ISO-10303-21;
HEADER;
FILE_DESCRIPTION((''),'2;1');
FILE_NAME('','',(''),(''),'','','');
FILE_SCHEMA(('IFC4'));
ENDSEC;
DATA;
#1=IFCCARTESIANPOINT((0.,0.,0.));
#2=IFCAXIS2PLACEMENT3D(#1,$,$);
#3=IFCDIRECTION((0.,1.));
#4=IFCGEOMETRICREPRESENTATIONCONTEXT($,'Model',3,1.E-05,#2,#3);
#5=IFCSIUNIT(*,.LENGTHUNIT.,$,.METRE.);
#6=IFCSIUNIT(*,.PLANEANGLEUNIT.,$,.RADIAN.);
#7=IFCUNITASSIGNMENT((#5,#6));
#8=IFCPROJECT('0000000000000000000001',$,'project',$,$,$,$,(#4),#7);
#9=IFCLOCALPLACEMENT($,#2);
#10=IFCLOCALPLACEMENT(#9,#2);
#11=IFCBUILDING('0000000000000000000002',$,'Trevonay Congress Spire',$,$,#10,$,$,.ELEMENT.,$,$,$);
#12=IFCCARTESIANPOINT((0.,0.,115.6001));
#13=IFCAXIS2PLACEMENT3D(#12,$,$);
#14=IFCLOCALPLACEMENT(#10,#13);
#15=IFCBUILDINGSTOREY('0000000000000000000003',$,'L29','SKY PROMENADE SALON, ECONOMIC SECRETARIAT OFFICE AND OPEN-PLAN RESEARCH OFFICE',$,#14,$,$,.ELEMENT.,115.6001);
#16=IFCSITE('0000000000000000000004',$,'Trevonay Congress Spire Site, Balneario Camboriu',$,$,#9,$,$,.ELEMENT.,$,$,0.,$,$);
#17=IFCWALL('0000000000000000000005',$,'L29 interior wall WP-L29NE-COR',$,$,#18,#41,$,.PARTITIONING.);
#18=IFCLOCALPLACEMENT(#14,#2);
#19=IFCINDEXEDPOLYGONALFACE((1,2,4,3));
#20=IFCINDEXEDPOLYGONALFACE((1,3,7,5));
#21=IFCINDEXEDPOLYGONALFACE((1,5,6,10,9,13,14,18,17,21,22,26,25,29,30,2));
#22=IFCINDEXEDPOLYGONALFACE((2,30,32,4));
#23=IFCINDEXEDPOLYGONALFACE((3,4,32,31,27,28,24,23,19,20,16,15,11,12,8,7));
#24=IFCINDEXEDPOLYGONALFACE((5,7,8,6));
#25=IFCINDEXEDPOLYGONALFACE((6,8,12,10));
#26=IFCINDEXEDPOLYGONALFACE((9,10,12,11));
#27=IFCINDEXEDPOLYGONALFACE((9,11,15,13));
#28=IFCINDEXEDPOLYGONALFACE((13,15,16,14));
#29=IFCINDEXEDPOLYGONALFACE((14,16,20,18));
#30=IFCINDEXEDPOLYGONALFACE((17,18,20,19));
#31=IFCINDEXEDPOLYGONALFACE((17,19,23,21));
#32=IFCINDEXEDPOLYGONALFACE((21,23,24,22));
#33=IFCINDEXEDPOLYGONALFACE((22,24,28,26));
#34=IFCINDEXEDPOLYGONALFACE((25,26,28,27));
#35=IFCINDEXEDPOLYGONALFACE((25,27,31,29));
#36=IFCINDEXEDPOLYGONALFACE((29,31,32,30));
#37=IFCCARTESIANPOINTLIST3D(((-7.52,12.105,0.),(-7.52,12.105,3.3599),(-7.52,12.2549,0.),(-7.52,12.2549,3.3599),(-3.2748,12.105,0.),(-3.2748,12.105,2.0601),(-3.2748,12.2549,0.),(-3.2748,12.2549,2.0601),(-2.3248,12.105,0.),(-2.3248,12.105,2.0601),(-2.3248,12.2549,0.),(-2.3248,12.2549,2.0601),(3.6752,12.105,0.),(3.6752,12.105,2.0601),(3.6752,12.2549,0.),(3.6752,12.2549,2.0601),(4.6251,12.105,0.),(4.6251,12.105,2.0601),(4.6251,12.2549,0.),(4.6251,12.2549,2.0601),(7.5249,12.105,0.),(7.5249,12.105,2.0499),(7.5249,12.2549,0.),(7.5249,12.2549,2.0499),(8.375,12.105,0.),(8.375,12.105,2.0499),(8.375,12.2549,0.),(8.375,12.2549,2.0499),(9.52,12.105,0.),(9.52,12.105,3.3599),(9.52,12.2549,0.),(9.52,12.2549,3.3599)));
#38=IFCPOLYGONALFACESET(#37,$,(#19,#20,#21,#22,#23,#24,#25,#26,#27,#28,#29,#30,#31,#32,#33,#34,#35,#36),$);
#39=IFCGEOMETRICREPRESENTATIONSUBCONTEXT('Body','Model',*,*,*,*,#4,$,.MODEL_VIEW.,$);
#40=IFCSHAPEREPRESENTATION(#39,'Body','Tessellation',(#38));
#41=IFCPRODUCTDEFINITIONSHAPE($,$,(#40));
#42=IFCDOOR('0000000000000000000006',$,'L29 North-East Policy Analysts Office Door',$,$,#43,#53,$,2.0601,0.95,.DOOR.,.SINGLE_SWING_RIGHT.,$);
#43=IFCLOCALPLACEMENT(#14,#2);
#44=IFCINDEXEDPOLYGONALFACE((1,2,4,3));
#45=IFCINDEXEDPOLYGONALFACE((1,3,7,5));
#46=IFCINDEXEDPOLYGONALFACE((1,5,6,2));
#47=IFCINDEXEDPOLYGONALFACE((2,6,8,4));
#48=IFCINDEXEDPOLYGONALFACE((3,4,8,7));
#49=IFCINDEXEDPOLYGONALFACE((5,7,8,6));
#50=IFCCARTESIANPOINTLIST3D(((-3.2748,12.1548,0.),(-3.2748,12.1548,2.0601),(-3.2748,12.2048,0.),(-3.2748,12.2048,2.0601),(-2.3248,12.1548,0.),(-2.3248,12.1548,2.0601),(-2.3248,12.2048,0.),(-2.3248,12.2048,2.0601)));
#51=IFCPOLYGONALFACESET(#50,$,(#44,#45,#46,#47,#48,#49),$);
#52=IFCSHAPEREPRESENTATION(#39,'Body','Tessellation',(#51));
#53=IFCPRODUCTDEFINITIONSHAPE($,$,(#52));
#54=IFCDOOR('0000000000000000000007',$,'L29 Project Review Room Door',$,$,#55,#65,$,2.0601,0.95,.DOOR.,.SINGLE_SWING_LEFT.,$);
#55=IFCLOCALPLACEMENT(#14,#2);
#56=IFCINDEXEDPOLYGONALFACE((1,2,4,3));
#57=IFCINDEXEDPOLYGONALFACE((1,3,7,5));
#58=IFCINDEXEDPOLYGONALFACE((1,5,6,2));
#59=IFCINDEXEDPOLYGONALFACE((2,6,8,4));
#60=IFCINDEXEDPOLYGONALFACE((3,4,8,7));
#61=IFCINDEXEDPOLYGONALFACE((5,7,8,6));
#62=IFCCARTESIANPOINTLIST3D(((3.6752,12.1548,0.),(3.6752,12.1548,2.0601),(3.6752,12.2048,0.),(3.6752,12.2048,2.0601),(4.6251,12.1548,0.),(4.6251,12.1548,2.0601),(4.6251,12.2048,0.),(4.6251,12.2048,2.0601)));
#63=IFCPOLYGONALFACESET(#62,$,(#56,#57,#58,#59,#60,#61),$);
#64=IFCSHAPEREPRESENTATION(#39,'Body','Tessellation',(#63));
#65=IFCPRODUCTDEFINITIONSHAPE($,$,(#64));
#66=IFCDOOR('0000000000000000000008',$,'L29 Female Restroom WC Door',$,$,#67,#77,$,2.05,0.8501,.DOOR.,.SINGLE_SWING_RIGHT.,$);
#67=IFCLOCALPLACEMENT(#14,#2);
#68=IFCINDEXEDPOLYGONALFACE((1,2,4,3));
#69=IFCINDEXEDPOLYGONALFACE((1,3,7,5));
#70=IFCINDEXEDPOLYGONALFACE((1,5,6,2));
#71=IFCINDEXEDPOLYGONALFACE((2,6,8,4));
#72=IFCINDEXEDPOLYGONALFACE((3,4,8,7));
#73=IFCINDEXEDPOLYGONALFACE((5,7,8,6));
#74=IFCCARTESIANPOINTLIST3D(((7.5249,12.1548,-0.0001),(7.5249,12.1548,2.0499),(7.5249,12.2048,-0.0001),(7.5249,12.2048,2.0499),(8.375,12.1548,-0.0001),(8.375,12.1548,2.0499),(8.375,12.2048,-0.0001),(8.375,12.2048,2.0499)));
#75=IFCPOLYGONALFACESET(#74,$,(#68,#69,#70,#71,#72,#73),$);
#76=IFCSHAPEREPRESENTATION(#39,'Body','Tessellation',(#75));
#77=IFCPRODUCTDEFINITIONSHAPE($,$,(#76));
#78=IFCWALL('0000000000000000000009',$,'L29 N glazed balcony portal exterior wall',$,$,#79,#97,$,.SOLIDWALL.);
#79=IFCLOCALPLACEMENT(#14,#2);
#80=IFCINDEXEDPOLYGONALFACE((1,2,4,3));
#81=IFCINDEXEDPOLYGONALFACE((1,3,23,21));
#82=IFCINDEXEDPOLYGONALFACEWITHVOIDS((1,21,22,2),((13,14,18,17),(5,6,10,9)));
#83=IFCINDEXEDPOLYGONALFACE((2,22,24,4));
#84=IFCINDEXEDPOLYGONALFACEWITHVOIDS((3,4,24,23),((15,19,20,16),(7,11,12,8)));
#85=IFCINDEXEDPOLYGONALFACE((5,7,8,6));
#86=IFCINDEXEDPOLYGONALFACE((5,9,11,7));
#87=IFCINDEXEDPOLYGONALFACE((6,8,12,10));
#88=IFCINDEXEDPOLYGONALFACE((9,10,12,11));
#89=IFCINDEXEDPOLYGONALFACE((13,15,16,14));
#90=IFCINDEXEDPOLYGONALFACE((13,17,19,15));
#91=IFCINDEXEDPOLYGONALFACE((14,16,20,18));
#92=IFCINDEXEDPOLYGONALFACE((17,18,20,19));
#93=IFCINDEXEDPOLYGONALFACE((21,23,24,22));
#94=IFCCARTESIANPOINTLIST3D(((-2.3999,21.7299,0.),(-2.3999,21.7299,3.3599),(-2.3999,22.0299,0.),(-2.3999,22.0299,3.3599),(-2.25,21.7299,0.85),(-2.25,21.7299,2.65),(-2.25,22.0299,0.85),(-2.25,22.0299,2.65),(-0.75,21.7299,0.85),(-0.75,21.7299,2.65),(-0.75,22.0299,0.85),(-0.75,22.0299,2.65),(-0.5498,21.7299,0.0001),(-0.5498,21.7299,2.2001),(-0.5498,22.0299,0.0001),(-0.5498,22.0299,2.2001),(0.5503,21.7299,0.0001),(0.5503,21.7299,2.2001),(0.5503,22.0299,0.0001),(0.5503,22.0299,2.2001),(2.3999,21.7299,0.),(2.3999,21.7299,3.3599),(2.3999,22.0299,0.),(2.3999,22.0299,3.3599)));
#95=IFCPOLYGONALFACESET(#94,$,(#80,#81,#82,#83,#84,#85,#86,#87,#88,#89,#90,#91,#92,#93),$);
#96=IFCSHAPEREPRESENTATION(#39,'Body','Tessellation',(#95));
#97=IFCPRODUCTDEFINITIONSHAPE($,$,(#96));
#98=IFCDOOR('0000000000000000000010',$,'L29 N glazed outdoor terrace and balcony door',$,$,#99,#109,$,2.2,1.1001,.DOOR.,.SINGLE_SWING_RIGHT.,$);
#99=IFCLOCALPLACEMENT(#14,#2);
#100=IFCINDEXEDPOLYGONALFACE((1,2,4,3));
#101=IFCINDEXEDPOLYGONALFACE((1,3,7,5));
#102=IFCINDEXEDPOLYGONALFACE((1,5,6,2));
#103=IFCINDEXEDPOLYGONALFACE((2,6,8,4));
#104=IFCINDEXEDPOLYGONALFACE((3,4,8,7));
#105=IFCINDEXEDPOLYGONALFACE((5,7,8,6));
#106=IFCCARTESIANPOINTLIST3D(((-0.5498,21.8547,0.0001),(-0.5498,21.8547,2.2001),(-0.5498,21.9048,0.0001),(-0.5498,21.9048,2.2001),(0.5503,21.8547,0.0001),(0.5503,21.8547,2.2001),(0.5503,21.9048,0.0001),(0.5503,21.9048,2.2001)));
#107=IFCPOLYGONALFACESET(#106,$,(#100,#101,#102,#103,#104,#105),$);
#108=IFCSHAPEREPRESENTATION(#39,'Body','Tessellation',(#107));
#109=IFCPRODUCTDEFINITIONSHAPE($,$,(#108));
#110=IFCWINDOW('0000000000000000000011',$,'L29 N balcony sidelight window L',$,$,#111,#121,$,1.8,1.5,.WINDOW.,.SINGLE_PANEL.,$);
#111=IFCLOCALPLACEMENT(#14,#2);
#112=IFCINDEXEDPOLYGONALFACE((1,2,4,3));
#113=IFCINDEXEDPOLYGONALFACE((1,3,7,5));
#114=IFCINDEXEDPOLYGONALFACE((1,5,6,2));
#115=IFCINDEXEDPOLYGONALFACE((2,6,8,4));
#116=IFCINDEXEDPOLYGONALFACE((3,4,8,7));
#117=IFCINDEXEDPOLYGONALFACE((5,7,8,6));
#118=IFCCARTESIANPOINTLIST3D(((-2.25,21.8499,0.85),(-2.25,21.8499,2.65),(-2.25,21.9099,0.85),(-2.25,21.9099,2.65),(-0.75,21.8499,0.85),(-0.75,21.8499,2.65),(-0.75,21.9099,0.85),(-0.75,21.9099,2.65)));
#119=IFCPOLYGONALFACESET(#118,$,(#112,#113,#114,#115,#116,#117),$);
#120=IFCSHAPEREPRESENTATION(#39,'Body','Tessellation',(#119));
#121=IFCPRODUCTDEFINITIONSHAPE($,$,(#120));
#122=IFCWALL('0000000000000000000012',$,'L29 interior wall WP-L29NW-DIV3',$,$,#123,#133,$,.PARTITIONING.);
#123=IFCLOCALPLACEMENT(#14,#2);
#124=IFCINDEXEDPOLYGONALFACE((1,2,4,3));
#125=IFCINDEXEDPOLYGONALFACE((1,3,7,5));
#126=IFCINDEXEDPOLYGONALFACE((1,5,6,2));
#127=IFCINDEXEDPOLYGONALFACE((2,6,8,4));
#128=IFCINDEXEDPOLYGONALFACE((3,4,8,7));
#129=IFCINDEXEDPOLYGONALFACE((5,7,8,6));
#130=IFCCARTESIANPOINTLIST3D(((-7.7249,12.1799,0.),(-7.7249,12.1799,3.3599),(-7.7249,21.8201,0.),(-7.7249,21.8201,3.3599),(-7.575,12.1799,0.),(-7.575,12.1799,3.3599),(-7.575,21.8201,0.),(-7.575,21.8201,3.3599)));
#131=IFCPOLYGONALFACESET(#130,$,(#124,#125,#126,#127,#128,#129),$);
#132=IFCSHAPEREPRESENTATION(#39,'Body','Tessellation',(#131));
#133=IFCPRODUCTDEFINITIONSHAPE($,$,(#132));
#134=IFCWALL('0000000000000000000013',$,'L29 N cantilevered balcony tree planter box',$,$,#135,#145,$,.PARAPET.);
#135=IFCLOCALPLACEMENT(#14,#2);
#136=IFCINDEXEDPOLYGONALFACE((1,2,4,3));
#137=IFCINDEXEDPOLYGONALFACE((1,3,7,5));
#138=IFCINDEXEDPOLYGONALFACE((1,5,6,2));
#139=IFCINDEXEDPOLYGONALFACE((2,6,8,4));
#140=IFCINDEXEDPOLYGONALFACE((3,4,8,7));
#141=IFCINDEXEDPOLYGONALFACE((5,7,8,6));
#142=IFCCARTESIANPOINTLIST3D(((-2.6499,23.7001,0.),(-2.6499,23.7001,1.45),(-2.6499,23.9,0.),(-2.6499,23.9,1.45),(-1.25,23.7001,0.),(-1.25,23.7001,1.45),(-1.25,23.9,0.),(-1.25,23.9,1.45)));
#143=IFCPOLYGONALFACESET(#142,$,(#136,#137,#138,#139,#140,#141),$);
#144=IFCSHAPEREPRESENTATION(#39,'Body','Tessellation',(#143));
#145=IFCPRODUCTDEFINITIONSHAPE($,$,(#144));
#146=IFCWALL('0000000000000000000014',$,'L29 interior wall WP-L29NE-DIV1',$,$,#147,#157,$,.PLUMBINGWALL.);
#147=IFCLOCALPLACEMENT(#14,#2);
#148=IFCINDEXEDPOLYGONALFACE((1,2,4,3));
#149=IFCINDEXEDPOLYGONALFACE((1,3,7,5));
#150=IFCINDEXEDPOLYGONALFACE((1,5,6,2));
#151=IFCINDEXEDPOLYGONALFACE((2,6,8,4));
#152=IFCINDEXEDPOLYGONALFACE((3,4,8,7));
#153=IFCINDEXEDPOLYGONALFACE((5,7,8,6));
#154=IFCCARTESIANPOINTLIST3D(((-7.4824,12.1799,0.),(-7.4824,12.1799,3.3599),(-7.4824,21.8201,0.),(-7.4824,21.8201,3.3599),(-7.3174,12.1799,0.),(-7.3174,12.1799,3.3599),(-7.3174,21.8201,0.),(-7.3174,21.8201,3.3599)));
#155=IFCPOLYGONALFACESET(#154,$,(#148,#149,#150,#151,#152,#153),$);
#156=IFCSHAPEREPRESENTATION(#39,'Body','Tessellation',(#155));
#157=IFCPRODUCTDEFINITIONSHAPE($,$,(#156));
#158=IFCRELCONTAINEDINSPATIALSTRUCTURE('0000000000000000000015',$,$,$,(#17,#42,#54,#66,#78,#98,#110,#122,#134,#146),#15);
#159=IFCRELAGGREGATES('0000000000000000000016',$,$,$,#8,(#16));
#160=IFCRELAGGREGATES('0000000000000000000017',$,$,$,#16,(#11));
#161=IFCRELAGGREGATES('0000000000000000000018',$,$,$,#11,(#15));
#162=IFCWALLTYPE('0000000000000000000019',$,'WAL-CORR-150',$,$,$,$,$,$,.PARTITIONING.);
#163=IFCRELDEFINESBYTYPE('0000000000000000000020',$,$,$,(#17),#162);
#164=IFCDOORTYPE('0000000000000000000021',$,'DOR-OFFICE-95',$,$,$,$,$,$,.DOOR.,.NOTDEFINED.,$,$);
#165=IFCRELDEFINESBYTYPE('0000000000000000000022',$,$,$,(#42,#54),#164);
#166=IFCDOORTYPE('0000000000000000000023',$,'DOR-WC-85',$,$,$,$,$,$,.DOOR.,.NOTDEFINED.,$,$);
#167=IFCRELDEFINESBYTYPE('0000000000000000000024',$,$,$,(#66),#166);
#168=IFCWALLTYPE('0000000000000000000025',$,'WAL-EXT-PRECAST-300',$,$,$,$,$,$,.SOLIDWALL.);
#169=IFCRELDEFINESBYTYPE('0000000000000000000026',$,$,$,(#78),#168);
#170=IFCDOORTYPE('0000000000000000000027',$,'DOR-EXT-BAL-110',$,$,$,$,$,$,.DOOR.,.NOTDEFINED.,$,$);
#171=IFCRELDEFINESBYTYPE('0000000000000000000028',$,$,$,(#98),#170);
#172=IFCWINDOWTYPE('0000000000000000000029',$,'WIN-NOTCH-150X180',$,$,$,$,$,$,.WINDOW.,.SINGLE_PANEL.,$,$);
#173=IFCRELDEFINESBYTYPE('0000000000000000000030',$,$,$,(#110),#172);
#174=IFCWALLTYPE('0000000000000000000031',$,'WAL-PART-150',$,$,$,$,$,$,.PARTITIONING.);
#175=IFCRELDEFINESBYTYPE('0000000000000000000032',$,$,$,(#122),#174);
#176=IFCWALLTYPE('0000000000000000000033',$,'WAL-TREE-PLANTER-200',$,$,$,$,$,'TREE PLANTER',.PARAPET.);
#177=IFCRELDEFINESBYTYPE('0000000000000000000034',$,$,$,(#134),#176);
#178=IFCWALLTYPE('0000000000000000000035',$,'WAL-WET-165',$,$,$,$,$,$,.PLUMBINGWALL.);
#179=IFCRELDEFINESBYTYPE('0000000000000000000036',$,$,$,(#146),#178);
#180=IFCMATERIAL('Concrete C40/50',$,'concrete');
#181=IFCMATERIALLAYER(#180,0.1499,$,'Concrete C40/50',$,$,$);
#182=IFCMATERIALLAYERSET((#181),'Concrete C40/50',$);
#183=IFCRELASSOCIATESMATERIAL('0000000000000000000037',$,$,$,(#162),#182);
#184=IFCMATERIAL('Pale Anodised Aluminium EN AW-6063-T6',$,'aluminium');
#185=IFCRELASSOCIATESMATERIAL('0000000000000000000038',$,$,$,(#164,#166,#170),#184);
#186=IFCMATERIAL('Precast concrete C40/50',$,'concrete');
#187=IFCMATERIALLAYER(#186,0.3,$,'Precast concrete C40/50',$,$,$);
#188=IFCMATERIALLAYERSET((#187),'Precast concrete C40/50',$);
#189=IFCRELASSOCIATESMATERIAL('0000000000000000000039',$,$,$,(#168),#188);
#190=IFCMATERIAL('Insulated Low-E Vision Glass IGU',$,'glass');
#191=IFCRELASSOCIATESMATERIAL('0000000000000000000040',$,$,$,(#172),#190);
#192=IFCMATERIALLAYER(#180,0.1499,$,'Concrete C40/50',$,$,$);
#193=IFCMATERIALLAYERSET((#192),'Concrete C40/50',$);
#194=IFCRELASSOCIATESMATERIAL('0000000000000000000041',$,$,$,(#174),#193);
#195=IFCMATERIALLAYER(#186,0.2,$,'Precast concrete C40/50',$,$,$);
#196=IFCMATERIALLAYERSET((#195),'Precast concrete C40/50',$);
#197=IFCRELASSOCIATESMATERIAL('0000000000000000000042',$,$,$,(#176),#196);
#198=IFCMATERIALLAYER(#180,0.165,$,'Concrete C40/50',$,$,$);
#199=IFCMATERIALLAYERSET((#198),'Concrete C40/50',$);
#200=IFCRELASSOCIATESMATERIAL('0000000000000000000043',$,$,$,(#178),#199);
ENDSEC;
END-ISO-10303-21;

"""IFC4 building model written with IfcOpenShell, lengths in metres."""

from ifc_helpers import new_model, si_unit, direction, frame, frame_2d, origin, place, context, subcontext, project, spatial, rectangle, extrude, material, layer, layer_set, type_object, element, fill, save


model = new_model("IFC4")

# Units and contexts
model_context = context("Model", 3, precision=1e-05, world=origin(), true_north=direction((0.0, 1.0)))
body_context = subcontext(model_context, "Body", "Model", "MODEL_VIEW")
ifc_project = project(units=[si_unit("LENGTHUNIT", "METRE"), si_unit("PLANEANGLEUNIT", "RADIAN")], contexts=[model_context])

# Site, building, storey
site_placement = place(None, origin())
site = spatial("IfcSite", under=ifc_project, at=site_placement, Name="Trevonay Congress Spire Site, Balneario Camboriu", CompositionType="ELEMENT", RefElevation=0.0)
building_placement = place(site_placement, origin())
building = spatial("IfcBuilding", under=site, at=building_placement, Name="Trevonay Congress Spire", CompositionType="ELEMENT")
storey_placement = place(building_placement, frame((0.0, 0.0, 115.6001)))
storey = spatial("IfcBuildingStorey", under=building, at=storey_placement, Name="L29", Description="SKY PROMENADE SALON, ECONOMIC SECRETARIAT OFFICE AND OPEN-PLAN RESEARCH OFFICE", CompositionType="ELEMENT", Elevation=115.6001)

# Shared definitions
ifc_material_1 = material(Name="Pale Anodised Aluminium EN AW-6063-T6", Category="aluminium")

# Shared definitions
ifc_material_2 = material(Name="Insulated Low-E Vision Glass IGU", Category="glass")

# Wall, openings, doors
ifc_material_3 = material(Name="Concrete C40/50", Category="concrete")
ifc_layer_1 = layer(ifc_material_3, 0.1499, Name="Concrete C40/50")
ifc_layer_set_1 = layer_set([ifc_layer_1], Name="Concrete C40/50")
wall_type_1 = type_object("IfcWallType", Name="WAL-CORR-150", PredefinedType="PARTITIONING", material=ifc_layer_set_1)
wall_1_placement = place(storey_placement, frame((-7.52, 12.1799, 0.0), z_axis=(0.0, 0.0, 1.0), x_axis=(1.0, 0.0, 0.0)))
wall_1 = element("IfcWall", 1, at=wall_1_placement, inside=storey, type_object=wall_type_1, Name="L29 interior wall WP-L29NE-COR", PredefinedType="PARTITIONING", context=body_context, shape_type="SweptSolid", body=[
    extrude(rectangle(XDim=17.04, YDim=0.1499, at=frame_2d((8.52, 0.0))), origin(), (0.0, 0.0, 1.0), 3.3599),
])
opening_1_placement = place(wall_1_placement, frame((4.2451, 0.0, 0.0)))
opening_1 = element("IfcOpeningElement", 2, at=opening_1_placement, cuts=wall_1, PredefinedType="OPENING", context=body_context, shape_type="SweptSolid", body=[
    extrude(rectangle(XDim=0.95, YDim=2.0601, at=frame_2d((0.4751, 1.03))), frame((0.0, 0.085, 0.0), z_axis=(0.0, -1.0, 0.0), x_axis=(1.0, 0.0, 0.0)), (0.0, 0.0, 1.0), 0.1699),
])
opening_2_placement = place(wall_1_placement, frame((11.1951, 0.0, 0.0)))
opening_2 = element("IfcOpeningElement", 3, at=opening_2_placement, cuts=wall_1, PredefinedType="OPENING", context=body_context, shape_type="SweptSolid", body=[
    extrude(rectangle(XDim=0.95, YDim=2.0601, at=frame_2d((0.4751, 1.03))), frame((0.0, 0.085, 0.0), z_axis=(0.0, -1.0, 0.0), x_axis=(1.0, 0.0, 0.0)), (0.0, 0.0, 1.0), 0.1699),
])
opening_3_placement = place(wall_1_placement, frame((15.0449, 0.0, 0.0)))
opening_3 = element("IfcOpeningElement", 4, at=opening_3_placement, cuts=wall_1, PredefinedType="OPENING", context=body_context, shape_type="SweptSolid", body=[
    extrude(rectangle(XDim=0.8501, YDim=2.05, at=frame_2d((0.425, 1.0249))), frame((0.0, 0.085, 0.0), z_axis=(0.0, -1.0, 0.0), x_axis=(1.0, 0.0, 0.0)), (0.0, 0.0, 1.0), 0.1699),
])
door_type_1 = type_object("IfcDoorType", Name="DOR-OFFICE-95", OperationType="NOTDEFINED", PredefinedType="DOOR", material=ifc_material_1)
door_1_placement = place(opening_1_placement, origin())
door_1 = element("IfcDoor", 5, at=door_1_placement, inside=storey, type_object=door_type_1, Name="L29 North-East Policy Analysts Office Door", OperationType="SINGLE_SWING_RIGHT", OverallHeight=2.0601, OverallWidth=0.95, PredefinedType="DOOR", context=body_context, shape_type="SweptSolid", body=[
    extrude(rectangle(XDim=0.95, YDim=2.0601, at=frame_2d((0.4751, 1.03))), frame((0.0, 0.0249, 0.0), z_axis=(0.0, -1.0, 0.0), x_axis=(1.0, 0.0, 0.0)), (0.0, 0.0, 1.0), 0.05),
])
fill(opening_1, door_1)
door_2_placement = place(opening_2_placement, origin())
door_2 = element("IfcDoor", 6, at=door_2_placement, inside=storey, type_object=door_type_1, Name="L29 Project Review Room Door", OperationType="SINGLE_SWING_LEFT", OverallHeight=2.0601, OverallWidth=0.95, PredefinedType="DOOR", context=body_context, shape_type="SweptSolid", body=[
    extrude(rectangle(XDim=0.95, YDim=2.0601, at=frame_2d((0.4751, 1.03))), frame((0.0, 0.0249, 0.0), z_axis=(0.0, -1.0, 0.0), x_axis=(1.0, 0.0, 0.0)), (0.0, 0.0, 1.0), 0.05),
])
fill(opening_2, door_2)
door_type_2 = type_object("IfcDoorType", Name="DOR-WC-85", OperationType="NOTDEFINED", PredefinedType="DOOR", material=ifc_material_1)
door_3_placement = place(opening_3_placement, origin())
door_3 = element("IfcDoor", 7, at=door_3_placement, inside=storey, type_object=door_type_2, Name="L29 Female Restroom WC Door", OperationType="SINGLE_SWING_RIGHT", OverallHeight=2.05, OverallWidth=0.8501, PredefinedType="DOOR", context=body_context, shape_type="SweptSolid", body=[
    extrude(rectangle(XDim=0.8501, YDim=2.05, at=frame_2d((0.425, 1.0249))), frame((0.0, 0.0249, 0.0), z_axis=(0.0, -1.0, 0.0), x_axis=(1.0, 0.0, 0.0)), (0.0, 0.0, 1.0), 0.05),
])
fill(opening_3, door_3)

# Wall, openings, door, window
ifc_material_4 = material(Name="Precast concrete C40/50", Category="concrete")
ifc_layer_2 = layer(ifc_material_4, 0.3, Name="Precast concrete C40/50")
ifc_layer_set_2 = layer_set([ifc_layer_2], Name="Precast concrete C40/50")
wall_type_2 = type_object("IfcWallType", Name="WAL-EXT-PRECAST-300", PredefinedType="SOLIDWALL", material=ifc_layer_set_2)
wall_2_placement = place(storey_placement, frame((-2.3999, 21.8799, 0.0), z_axis=(0.0, 0.0, 1.0), x_axis=(1.0, 0.0, 0.0)))
wall_2 = element("IfcWall", 8, at=wall_2_placement, inside=storey, type_object=wall_type_2, Name="L29 N glazed balcony portal exterior wall", PredefinedType="SOLIDWALL", context=body_context, shape_type="SweptSolid", body=[
    extrude(rectangle(XDim=4.7998, YDim=0.3, at=frame_2d((2.3999, 0.0))), origin(), (0.0, 0.0, 1.0), 3.3599),
])
opening_4_placement = place(wall_2_placement, frame((1.8501, 0.0, 0.0)))
opening_4 = element("IfcOpeningElement", 9, at=opening_4_placement, cuts=wall_2, PredefinedType="OPENING", context=body_context, shape_type="SweptSolid", body=[
    extrude(rectangle(XDim=1.1001, YDim=2.2, at=frame_2d((0.55, 1.1001))), frame((0.0, 0.1602, 0.0), z_axis=(0.0, -1.0, 0.0), x_axis=(1.0, 0.0, 0.0)), (0.0, 0.0, 1.0), 0.3201),
])
opening_5_placement = place(wall_2_placement, frame((0.1499, 0.0, 0.8501)))
opening_5 = element("IfcOpeningElement", 10, at=opening_5_placement, cuts=wall_2, PredefinedType="OPENING", context=body_context, shape_type="SweptSolid", body=[
    extrude(rectangle(XDim=1.5, YDim=1.8, at=frame_2d((0.75, 0.8999))), frame((0.0, 0.1602, 0.0), z_axis=(0.0, -1.0, 0.0), x_axis=(1.0, 0.0, 0.0)), (0.0, 0.0, 1.0), 0.3201),
])
door_type_3 = type_object("IfcDoorType", Name="DOR-EXT-BAL-110", OperationType="NOTDEFINED", PredefinedType="DOOR", material=ifc_material_1)
door_4_placement = place(opening_4_placement, origin())
door_4 = element("IfcDoor", 11, at=door_4_placement, inside=storey, type_object=door_type_3, Name="L29 N glazed outdoor terrace and balcony door", OperationType="SINGLE_SWING_RIGHT", OverallHeight=2.2, OverallWidth=1.1001, PredefinedType="DOOR", context=body_context, shape_type="SweptSolid", body=[
    extrude(rectangle(XDim=1.1001, YDim=2.2, at=frame_2d((0.55, 1.1001))), frame((0.0, 0.0249, 0.0), z_axis=(0.0, -1.0, 0.0), x_axis=(1.0, 0.0, 0.0)), (0.0, 0.0, 1.0), 0.05),
])
fill(opening_4, door_4)
window_type = type_object("IfcWindowType", Name="WIN-NOTCH-150X180", PartitioningType="SINGLE_PANEL", PredefinedType="WINDOW", material=ifc_material_2)
window_placement = place(opening_5_placement, origin())
window = element("IfcWindow", 12, at=window_placement, inside=storey, type_object=window_type, Name="L29 N balcony sidelight window L", OverallHeight=1.8, OverallWidth=1.5, PartitioningType="SINGLE_PANEL", PredefinedType="WINDOW", context=body_context, shape_type="SweptSolid", body=[
    extrude(rectangle(XDim=1.5, YDim=1.8, at=frame_2d((0.75, 0.8999))), frame((0.0, 0.03, 0.0), z_axis=(0.0, -1.0, 0.0), x_axis=(1.0, 0.0, 0.0)), (0.0, 0.0, 1.0), 0.0601),
])
fill(opening_5, window)

# Walls
ifc_layer_3 = layer(ifc_material_3, 0.1499, Name="Concrete C40/50")
ifc_layer_set_3 = layer_set([ifc_layer_3], Name="Concrete C40/50")
wall_type_3 = type_object("IfcWallType", Name="WAL-PART-150", PredefinedType="PARTITIONING", material=ifc_layer_set_3)
wall_3_placement = place(storey_placement, frame((-7.6499, 12.1799, 0.0), z_axis=(0.0, 0.0, 1.0), x_axis=(0.0, 1.0, 0.0)))
element("IfcWall", 13, at=wall_3_placement, inside=storey, type_object=wall_type_3, Name="L29 interior wall WP-L29NW-DIV3", PredefinedType="PARTITIONING", context=body_context, shape_type="SweptSolid", body=[
    extrude(rectangle(XDim=9.6401, YDim=0.1499, at=frame_2d((4.8201, 0.0))), origin(), (0.0, 0.0, 1.0), 3.3599),
])
ifc_layer_4 = layer(ifc_material_4, 0.2, Name="Precast concrete C40/50")
ifc_layer_set_4 = layer_set([ifc_layer_4], Name="Precast concrete C40/50")
wall_type_4 = type_object("IfcWallType", Name="WAL-TREE-PLANTER-200", ElementType="TREE PLANTER", PredefinedType="PARAPET", material=ifc_layer_set_4)
wall_4_placement = place(storey_placement, frame((-2.6499, 23.8, 0.0), z_axis=(0.0, 0.0, 1.0), x_axis=(1.0, 0.0, 0.0)))
element("IfcWall", 14, at=wall_4_placement, inside=storey, type_object=wall_type_4, Name="L29 N cantilevered balcony tree planter box", PredefinedType="PARAPET", context=body_context, shape_type="SweptSolid", body=[
    extrude(rectangle(XDim=1.3999, YDim=0.2, at=frame_2d((0.7, 0.0))), origin(), (0.0, 0.0, 1.0), 1.45),
])
ifc_layer_5 = layer(ifc_material_3, 0.165, Name="Concrete C40/50")
ifc_layer_set_5 = layer_set([ifc_layer_5], Name="Concrete C40/50")
wall_type_5 = type_object("IfcWallType", Name="WAL-WET-165", PredefinedType="PLUMBINGWALL", material=ifc_layer_set_5)
wall_5_placement = place(storey_placement, frame((-7.3999, 12.1799, 0.0), z_axis=(0.0, 0.0, 1.0), x_axis=(0.0, 1.0, 0.0)))
element("IfcWall", 15, at=wall_5_placement, inside=storey, type_object=wall_type_5, Name="L29 interior wall WP-L29NE-DIV1", PredefinedType="PLUMBINGWALL", context=body_context, shape_type="SweptSolid", body=[
    extrude(rectangle(XDim=9.6401, YDim=0.165, at=frame_2d((4.8201, 0.0))), origin(), (0.0, 0.0, 1.0), 3.3599),
])

save(model, "model.ifc")
